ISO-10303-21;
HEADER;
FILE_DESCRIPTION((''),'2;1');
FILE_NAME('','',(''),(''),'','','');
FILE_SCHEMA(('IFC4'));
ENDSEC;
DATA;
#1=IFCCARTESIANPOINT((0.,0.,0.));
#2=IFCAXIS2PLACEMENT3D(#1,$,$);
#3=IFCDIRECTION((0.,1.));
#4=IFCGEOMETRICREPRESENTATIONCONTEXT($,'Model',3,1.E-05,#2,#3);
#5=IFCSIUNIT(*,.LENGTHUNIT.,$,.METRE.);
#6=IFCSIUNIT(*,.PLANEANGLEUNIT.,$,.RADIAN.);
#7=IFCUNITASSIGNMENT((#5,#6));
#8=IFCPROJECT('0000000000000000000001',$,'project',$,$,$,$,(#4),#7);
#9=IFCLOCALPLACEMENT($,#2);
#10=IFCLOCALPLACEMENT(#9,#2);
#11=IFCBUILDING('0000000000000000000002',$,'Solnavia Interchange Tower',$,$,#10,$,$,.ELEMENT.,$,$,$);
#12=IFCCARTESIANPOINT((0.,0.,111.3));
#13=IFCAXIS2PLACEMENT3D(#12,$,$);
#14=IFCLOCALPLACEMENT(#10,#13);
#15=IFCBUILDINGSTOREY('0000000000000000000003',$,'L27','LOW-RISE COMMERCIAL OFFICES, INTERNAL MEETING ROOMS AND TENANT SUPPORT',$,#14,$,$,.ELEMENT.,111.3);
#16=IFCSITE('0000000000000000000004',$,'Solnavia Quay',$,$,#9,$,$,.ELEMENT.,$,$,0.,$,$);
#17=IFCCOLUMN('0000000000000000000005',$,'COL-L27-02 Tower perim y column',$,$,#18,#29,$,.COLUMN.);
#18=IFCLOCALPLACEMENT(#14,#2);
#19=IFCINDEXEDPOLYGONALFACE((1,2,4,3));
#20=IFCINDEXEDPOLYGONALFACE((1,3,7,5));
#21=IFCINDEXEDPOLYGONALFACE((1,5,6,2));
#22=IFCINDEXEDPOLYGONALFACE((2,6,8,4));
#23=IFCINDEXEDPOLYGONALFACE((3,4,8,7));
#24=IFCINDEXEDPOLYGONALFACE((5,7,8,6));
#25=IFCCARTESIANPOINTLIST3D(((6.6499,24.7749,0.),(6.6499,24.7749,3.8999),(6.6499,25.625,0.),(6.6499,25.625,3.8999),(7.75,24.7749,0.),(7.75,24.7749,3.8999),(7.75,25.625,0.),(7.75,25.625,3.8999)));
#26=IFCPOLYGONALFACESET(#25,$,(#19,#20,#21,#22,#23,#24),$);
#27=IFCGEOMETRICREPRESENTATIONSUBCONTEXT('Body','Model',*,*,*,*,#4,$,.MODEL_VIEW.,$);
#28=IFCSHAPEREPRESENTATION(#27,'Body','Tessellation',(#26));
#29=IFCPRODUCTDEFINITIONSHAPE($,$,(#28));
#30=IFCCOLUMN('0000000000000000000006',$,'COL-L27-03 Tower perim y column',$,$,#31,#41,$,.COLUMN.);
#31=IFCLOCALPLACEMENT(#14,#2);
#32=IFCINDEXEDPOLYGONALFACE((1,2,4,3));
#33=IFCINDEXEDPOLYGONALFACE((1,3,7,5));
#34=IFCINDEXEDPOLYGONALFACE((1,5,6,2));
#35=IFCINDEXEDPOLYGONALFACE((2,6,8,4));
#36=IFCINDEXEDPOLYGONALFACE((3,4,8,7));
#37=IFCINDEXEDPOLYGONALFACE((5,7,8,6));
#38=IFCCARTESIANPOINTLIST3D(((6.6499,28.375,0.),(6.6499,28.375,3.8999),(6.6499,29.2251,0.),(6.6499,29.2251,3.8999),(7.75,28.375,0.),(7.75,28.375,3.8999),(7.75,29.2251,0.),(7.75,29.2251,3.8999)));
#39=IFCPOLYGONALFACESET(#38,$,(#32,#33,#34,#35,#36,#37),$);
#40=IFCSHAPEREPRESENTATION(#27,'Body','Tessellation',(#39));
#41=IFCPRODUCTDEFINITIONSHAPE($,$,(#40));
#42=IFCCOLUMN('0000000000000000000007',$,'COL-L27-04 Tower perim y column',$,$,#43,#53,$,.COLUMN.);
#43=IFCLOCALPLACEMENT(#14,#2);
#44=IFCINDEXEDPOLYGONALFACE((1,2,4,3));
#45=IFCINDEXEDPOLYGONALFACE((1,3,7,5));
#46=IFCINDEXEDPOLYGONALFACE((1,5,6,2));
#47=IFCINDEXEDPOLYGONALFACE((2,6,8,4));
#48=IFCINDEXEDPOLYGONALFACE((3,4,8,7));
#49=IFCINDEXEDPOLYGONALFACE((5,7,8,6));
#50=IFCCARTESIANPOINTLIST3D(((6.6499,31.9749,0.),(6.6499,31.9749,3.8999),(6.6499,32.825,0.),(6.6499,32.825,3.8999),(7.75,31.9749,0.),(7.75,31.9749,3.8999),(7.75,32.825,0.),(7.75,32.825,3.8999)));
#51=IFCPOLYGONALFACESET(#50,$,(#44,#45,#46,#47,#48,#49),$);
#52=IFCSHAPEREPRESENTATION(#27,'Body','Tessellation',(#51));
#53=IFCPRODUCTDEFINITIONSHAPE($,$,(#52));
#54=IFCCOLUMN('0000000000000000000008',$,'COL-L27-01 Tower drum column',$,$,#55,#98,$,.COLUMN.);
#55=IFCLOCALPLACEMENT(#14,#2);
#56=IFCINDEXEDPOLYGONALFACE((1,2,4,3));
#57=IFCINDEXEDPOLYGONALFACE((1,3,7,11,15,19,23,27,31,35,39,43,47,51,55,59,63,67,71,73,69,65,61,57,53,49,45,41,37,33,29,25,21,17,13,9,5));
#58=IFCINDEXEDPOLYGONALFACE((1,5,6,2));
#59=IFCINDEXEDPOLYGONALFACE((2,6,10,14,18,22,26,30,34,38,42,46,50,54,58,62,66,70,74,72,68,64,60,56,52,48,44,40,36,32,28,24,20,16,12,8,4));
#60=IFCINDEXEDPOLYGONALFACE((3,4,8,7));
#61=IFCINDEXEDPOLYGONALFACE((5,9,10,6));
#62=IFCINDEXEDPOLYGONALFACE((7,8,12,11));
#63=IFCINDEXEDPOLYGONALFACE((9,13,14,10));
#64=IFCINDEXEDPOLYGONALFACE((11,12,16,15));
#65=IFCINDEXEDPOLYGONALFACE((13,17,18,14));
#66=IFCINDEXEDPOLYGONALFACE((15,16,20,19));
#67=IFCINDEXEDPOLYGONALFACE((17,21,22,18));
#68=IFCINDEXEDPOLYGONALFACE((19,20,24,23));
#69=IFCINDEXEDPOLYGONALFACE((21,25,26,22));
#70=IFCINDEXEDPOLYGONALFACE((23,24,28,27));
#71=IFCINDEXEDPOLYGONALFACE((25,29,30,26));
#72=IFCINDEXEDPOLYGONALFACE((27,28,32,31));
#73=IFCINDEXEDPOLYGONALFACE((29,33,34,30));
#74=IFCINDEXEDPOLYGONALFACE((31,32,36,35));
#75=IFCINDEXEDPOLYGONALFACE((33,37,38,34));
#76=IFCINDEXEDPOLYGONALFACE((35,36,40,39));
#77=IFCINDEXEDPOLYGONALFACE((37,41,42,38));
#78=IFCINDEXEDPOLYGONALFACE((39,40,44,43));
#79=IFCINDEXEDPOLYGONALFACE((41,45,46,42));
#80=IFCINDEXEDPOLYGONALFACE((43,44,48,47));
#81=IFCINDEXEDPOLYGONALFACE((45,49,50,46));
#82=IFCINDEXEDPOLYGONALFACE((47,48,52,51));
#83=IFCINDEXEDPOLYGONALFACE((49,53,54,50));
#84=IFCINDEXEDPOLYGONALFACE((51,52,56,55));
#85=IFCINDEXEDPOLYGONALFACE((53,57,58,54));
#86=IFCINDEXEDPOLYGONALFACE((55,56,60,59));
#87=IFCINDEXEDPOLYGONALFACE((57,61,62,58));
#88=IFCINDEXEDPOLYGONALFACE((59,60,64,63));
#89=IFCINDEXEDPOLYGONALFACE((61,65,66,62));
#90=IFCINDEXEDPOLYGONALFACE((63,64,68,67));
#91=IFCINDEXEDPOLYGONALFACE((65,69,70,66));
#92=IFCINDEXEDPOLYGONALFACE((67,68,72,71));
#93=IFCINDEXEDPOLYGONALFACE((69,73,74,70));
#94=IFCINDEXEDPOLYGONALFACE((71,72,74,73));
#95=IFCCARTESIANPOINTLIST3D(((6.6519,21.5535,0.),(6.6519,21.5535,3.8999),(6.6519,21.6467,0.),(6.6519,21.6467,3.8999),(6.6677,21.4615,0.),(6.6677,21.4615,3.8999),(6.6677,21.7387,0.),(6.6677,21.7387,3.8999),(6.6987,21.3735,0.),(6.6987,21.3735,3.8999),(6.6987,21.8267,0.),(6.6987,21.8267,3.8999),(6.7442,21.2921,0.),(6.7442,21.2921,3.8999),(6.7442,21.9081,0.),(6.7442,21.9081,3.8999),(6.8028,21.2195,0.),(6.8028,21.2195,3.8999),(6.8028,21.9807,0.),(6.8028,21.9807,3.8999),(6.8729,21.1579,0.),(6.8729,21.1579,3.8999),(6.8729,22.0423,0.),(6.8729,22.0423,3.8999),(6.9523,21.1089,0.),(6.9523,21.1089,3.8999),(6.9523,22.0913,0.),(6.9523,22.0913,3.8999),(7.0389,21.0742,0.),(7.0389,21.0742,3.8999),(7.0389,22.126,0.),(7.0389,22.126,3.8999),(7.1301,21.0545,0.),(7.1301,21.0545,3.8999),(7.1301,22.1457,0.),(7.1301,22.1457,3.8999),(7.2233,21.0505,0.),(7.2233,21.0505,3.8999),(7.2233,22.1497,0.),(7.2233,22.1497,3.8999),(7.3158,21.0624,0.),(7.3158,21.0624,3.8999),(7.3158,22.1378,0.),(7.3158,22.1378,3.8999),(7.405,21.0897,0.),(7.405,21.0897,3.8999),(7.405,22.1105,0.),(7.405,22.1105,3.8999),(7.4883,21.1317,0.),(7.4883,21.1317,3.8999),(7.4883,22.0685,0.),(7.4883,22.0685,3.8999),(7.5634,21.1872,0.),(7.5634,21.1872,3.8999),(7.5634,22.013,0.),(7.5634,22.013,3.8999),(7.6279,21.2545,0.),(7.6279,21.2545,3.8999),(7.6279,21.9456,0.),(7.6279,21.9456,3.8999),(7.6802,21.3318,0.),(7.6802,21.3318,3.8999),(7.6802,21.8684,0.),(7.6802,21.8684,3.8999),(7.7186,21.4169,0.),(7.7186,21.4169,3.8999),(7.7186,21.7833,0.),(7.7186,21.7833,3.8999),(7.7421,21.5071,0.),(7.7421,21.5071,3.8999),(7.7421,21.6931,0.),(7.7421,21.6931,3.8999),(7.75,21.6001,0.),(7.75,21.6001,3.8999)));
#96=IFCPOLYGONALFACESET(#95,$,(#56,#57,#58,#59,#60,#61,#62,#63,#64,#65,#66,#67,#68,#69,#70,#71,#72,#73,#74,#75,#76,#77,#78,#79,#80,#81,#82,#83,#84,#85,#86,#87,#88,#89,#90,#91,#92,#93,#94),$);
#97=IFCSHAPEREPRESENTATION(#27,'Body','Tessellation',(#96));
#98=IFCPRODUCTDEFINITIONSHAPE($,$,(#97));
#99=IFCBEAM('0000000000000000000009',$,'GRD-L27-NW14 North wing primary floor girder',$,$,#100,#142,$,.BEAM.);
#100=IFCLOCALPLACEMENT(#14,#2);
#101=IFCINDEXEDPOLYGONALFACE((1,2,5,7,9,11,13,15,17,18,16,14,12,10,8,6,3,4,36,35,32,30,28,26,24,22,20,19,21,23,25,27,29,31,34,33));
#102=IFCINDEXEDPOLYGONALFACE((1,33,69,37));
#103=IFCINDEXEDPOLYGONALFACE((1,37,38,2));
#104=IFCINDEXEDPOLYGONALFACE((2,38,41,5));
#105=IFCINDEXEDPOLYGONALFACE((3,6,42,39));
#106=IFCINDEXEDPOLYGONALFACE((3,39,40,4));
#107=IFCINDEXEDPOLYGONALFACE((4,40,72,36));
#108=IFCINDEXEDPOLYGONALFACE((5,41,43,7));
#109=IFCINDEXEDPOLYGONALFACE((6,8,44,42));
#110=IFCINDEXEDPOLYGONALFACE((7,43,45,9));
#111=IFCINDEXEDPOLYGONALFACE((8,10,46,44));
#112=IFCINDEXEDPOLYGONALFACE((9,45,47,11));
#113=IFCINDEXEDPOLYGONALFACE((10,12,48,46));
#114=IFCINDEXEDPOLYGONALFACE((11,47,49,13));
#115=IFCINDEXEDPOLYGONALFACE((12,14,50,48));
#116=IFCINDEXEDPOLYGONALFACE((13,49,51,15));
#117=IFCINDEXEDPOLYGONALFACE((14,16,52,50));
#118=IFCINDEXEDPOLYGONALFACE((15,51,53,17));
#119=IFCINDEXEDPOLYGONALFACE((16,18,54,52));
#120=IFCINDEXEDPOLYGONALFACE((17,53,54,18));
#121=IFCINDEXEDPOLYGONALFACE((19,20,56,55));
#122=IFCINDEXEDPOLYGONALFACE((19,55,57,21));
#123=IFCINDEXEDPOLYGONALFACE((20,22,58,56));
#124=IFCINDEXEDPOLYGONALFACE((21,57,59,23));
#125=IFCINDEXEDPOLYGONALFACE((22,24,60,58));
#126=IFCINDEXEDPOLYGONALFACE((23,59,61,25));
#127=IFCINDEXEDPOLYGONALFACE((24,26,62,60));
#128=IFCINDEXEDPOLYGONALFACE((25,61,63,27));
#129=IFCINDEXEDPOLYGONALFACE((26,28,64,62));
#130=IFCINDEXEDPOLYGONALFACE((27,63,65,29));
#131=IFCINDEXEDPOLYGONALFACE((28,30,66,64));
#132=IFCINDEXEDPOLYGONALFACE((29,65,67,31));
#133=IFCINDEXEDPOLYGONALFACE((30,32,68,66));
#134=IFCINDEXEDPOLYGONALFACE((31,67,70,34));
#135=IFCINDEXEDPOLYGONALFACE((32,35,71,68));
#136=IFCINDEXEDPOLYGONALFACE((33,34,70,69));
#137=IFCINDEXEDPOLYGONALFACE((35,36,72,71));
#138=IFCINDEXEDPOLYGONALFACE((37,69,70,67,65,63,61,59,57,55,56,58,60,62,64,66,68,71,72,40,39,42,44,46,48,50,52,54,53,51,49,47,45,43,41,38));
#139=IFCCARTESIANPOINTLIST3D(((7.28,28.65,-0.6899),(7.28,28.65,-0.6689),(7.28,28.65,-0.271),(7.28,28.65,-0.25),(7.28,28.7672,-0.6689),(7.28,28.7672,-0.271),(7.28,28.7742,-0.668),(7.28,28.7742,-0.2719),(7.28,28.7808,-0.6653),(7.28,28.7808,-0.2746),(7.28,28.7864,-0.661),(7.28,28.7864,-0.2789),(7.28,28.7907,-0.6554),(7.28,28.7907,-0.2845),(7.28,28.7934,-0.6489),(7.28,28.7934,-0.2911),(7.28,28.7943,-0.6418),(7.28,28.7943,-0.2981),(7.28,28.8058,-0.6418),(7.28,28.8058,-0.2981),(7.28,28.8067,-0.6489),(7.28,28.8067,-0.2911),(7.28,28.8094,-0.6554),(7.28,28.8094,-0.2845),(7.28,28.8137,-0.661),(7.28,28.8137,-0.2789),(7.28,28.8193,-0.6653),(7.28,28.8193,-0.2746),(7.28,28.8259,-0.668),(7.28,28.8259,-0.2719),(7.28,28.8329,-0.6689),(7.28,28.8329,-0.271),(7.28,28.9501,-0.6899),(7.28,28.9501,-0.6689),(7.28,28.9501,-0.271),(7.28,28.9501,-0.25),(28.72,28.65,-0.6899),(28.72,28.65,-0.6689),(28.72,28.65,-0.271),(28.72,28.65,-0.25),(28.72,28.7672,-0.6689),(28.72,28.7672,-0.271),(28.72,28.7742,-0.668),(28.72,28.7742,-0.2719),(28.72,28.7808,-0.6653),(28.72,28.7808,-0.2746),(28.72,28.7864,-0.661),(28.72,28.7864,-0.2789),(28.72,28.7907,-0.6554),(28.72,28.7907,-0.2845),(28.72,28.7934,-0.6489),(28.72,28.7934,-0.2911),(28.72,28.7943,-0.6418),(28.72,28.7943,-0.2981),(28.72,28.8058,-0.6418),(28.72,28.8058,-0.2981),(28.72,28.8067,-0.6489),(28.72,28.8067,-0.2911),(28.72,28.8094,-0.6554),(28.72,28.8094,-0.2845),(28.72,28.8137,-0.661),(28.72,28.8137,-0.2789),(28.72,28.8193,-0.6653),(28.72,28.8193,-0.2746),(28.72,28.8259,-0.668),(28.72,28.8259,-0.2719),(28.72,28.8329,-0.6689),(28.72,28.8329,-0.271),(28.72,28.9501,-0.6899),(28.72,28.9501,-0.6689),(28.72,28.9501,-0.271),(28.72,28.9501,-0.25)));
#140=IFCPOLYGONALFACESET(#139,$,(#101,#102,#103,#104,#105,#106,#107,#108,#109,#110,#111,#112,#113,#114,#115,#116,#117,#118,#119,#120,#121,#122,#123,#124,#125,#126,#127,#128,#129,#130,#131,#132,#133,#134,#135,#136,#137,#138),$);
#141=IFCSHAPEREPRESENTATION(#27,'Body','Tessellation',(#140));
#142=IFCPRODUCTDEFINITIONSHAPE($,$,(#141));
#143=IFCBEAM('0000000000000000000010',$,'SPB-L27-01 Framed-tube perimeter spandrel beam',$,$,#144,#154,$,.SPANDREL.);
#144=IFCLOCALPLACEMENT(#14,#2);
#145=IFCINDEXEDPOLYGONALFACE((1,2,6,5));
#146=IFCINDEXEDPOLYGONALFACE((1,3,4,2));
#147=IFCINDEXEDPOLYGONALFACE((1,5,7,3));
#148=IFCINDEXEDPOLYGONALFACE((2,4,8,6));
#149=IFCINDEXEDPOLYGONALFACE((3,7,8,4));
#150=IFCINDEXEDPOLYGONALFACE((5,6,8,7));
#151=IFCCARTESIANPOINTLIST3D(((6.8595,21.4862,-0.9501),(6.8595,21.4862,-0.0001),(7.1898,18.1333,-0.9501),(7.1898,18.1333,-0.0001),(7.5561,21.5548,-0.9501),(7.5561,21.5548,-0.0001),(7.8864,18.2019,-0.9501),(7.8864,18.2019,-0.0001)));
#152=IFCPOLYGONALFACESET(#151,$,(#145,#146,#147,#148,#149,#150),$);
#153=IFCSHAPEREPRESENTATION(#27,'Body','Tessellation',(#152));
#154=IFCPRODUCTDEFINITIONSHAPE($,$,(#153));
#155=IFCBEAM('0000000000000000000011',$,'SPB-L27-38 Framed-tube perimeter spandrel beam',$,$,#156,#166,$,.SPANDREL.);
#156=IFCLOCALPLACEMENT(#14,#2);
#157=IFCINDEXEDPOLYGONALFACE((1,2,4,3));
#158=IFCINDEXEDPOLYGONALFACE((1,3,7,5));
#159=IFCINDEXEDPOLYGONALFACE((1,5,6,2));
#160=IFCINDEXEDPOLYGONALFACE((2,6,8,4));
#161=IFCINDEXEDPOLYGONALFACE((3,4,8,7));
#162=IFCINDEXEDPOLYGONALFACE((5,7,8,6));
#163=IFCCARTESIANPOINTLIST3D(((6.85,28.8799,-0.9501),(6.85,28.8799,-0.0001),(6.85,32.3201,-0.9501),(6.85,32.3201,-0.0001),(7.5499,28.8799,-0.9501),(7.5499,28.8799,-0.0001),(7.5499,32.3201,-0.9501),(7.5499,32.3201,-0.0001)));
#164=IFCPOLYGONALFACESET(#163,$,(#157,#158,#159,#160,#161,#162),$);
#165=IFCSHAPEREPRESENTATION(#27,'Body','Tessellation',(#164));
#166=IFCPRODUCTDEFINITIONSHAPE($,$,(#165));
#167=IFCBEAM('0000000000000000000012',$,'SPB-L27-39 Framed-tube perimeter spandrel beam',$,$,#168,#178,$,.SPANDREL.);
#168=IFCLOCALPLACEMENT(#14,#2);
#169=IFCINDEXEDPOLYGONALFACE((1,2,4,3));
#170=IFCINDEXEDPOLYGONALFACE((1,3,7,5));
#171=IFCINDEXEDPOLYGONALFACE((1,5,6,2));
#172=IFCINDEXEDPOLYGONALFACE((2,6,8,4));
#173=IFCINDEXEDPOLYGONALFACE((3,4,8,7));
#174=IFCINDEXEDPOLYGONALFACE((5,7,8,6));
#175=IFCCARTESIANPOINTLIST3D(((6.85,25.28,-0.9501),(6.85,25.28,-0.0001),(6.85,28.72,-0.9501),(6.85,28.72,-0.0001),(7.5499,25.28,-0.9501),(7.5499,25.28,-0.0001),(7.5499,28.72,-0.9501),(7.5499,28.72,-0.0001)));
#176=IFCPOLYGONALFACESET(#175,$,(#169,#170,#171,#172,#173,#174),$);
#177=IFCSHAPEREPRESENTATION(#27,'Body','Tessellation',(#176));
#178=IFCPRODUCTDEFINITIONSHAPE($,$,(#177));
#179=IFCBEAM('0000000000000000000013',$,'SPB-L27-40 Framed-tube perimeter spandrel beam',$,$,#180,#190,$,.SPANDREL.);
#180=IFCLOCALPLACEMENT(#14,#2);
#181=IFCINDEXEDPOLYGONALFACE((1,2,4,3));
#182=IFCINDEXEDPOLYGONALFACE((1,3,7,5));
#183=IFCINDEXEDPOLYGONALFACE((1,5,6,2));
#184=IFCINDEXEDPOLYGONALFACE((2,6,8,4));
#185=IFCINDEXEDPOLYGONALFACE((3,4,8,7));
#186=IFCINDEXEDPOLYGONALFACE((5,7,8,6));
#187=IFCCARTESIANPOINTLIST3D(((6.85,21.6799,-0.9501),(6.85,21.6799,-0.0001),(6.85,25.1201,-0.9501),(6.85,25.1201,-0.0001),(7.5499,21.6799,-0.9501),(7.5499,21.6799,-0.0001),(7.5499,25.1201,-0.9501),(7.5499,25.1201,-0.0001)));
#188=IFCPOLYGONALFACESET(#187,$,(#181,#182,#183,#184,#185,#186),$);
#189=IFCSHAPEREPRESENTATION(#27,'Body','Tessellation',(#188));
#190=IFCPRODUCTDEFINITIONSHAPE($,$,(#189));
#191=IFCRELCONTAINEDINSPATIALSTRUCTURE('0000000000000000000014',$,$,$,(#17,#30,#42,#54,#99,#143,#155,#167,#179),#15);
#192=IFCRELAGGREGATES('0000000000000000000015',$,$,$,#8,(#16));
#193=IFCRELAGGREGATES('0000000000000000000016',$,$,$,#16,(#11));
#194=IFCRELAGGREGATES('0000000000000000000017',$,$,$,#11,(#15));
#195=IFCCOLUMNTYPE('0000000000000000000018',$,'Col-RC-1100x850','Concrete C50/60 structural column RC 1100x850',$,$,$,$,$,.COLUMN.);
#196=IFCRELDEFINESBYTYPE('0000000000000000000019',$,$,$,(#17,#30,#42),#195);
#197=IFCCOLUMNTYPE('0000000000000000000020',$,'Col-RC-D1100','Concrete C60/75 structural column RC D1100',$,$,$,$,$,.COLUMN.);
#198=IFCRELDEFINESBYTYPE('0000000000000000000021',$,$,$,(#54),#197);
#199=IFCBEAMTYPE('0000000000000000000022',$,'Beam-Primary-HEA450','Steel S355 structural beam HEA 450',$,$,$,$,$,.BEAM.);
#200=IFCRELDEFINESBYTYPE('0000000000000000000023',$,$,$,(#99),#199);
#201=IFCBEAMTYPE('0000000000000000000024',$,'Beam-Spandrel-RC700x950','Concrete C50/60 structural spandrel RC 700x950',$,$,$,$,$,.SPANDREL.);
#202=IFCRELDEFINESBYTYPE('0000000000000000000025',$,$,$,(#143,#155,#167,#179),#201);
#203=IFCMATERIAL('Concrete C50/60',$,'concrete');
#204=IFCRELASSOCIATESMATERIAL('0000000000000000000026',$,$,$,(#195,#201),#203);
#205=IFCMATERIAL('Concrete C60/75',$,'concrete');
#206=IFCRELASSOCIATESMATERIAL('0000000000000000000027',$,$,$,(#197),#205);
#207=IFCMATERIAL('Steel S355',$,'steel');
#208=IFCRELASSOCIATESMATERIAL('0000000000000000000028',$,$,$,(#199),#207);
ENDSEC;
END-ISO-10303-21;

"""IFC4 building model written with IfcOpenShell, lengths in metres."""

from ifc_helpers import new_model, si_unit, direction, frame, origin, origin_2d, place, context, subcontext, project, spatial, rectangle, circle, i_section, extrude, material, material_profile, profile_set, type_object, element, save


model = new_model("IFC4")

# Units and contexts
model_context = context("Model", 3, precision=1e-05, world=origin(), true_north=direction((0.0, 1.0)))
body_context = subcontext(model_context, "Body", "Model", "MODEL_VIEW")
ifc_project = project(units=[si_unit("LENGTHUNIT", "METRE"), si_unit("PLANEANGLEUNIT", "RADIAN")], contexts=[model_context])

# Site, building, storey
site_placement = place(None, origin())
site = spatial("IfcSite", under=ifc_project, at=site_placement, Name="Solnavia Quay", CompositionType="ELEMENT", RefElevation=0.0)
building_placement = place(site_placement, origin())
building = spatial("IfcBuilding", under=site, at=building_placement, Name="Solnavia Interchange Tower", CompositionType="ELEMENT")
storey_placement = place(building_placement, frame((0.0, 0.0, 111.3)))
storey = spatial("IfcBuildingStorey", under=building, at=storey_placement, Name="L27", Description="LOW-RISE COMMERCIAL OFFICES, INTERNAL MEETING ROOMS AND TENANT SUPPORT", CompositionType="ELEMENT", Elevation=111.3)

# Columns
ifc_material_1 = material(Name="Concrete C50/60", Category="concrete")
ifc_material_profile_1 = material_profile(ifc_material_1, rectangle(XDim=0.8501, YDim=1.1001, at=origin_2d()), Name="RC 1100x850")
ifc_profile_set_1 = profile_set([ifc_material_profile_1], Name="Concrete C50/60")
column_type_1 = type_object("IfcColumnType", Name="Col-RC-1100x850", Description="Concrete C50/60 structural column RC 1100x850", PredefinedType="COLUMN", material=ifc_profile_set_1)
for number, where, z_axis, x_axis, name in (
    (1, (7.2, 25.2, 0.0), (0.0, 0.0, 1.0), (0.0, 1.0, 0.0), "COL-L27-02 Tower perim y column"),
    (2, (7.2, 28.8, 0.0), (0.0, 0.0, 1.0), (0.0, 1.0, 0.0), "COL-L27-03 Tower perim y column"),
    (3, (7.2, 32.3999, 0.0), (0.0, 0.0, 1.0), (0.0, 1.0, 0.0), "COL-L27-04 Tower perim y column"),
):
    element("IfcColumn", number, at=place(storey_placement, frame(where, z_axis=z_axis, x_axis=x_axis)), inside=storey, type_object=column_type_1, Name=name, PredefinedType="COLUMN", context=body_context, shape_type="SweptSolid", body=[
        extrude(rectangle(XDim=0.8501, YDim=1.1001, at=origin_2d()), origin(), (0.0, 0.0, 1.0), 3.8999),
    ])
ifc_material_2 = material(Name="Concrete C60/75", Category="concrete")
ifc_material_profile_2 = material_profile(ifc_material_2, circle(Radius=0.55, at=origin_2d()), Name="RC D1100")
ifc_profile_set_2 = profile_set([ifc_material_profile_2], Name="Concrete C60/75")
column_type_2 = type_object("IfcColumnType", Name="Col-RC-D1100", Description="Concrete C60/75 structural column RC D1100", PredefinedType="COLUMN", material=ifc_profile_set_2)
column_placement = place(storey_placement, frame((7.2, 21.6001, 0.0), z_axis=(0.0, 0.0, 1.0), x_axis=(1.0, 0.0, 0.0)))
element("IfcColumn", 4, at=column_placement, inside=storey, type_object=column_type_2, Name="COL-L27-01 Tower drum column", PredefinedType="COLUMN", context=body_context, shape_type="SweptSolid", body=[
    extrude(circle(Radius=0.55, at=origin_2d()), origin(), (0.0, 0.0, 1.0), 3.8999),
])

# Beams
ifc_material_3 = material(Name="Steel S355", Category="steel")
ifc_material_profile_3 = material_profile(ifc_material_3, i_section(OverallWidth=0.3, OverallDepth=0.4399, WebThickness=0.0115, FlangeThickness=0.021, FilletRadius=0.0271, at=origin_2d()), Name="HEA 450")
ifc_profile_set_3 = profile_set([ifc_material_profile_3], Name="Steel S355")
beam_type_1 = type_object("IfcBeamType", Name="Beam-Primary-HEA450", Description="Steel S355 structural beam HEA 450", PredefinedType="BEAM", material=ifc_profile_set_3)
beam_1_placement = place(storey_placement, frame((7.28, 28.8, -0.47), z_axis=(1.0, 0.0, 0.0), x_axis=(0.0, 1.0, 0.0)))
element("IfcBeam", 5, at=beam_1_placement, inside=storey, type_object=beam_type_1, Name="GRD-L27-NW14 North wing primary floor girder", PredefinedType="BEAM", context=body_context, shape_type="SweptSolid", body=[
    extrude(i_section(OverallWidth=0.3, OverallDepth=0.4399, WebThickness=0.0115, FlangeThickness=0.021, FilletRadius=0.0271, at=origin_2d()), origin(), (0.0, 0.0, 1.0), 21.4399),
])
ifc_material_profile_4 = material_profile(ifc_material_1, rectangle(XDim=0.7, YDim=0.95, at=origin_2d()), Name="RC 700x950")
ifc_profile_set_4 = profile_set([ifc_material_profile_4], Name="Concrete C50/60")
beam_type_2 = type_object("IfcBeamType", Name="Beam-Spandrel-RC700x950", Description="Concrete C50/60 structural spandrel RC 700x950", PredefinedType="SPANDREL", material=ifc_profile_set_4)
beam_2_placement = place(storey_placement, frame((7.2078, 21.5205, -0.4751), z_axis=(0.09804, -0.995182, 0.0), x_axis=(0.995182, 0.09804, 0.0)))
element("IfcBeam", 6, at=beam_2_placement, inside=storey, type_object=beam_type_2, Name="SPB-L27-01 Framed-tube perimeter spandrel beam", PredefinedType="SPANDREL", context=body_context, shape_type="SweptSolid", body=[
    extrude(rectangle(XDim=0.7, YDim=0.95, at=origin_2d()), origin(), (0.0, 0.0, 1.0), 3.3691),
])
beam_3_placement = place(storey_placement, frame((7.2, 32.3201, -0.4751), z_axis=(0.0, -1.0, 0.0), x_axis=(1.0, 0.0, 0.0)))
element("IfcBeam", 7, at=beam_3_placement, inside=storey, type_object=beam_type_2, Name="SPB-L27-38 Framed-tube perimeter spandrel beam", PredefinedType="SPANDREL", context=body_context, shape_type="SweptSolid", body=[
    extrude(rectangle(XDim=0.7, YDim=0.95, at=origin_2d()), origin(), (0.0, 0.0, 1.0), 3.4402),
])
beam_4_placement = place(storey_placement, frame((7.2, 28.72, -0.4751), z_axis=(0.0, -1.0, 0.0), x_axis=(1.0, 0.0, 0.0)))
element("IfcBeam", 8, at=beam_4_placement, inside=storey, type_object=beam_type_2, Name="SPB-L27-39 Framed-tube perimeter spandrel beam", PredefinedType="SPANDREL", context=body_context, shape_type="SweptSolid", body=[
    extrude(rectangle(XDim=0.7, YDim=0.95, at=origin_2d()), origin(), (0.0, 0.0, 1.0), 3.4399),
])
beam_5_placement = place(storey_placement, frame((7.2, 25.1201, -0.4751), z_axis=(0.0, -1.0, 0.0), x_axis=(1.0, 0.0, 0.0)))
element("IfcBeam", 9, at=beam_5_placement, inside=storey, type_object=beam_type_2, Name="SPB-L27-40 Framed-tube perimeter spandrel beam", PredefinedType="SPANDREL", context=body_context, shape_type="SweptSolid", body=[
    extrude(rectangle(XDim=0.7, YDim=0.95, at=origin_2d()), origin(), (0.0, 0.0, 1.0), 3.4402),
])

save(model, "model.ifc")
